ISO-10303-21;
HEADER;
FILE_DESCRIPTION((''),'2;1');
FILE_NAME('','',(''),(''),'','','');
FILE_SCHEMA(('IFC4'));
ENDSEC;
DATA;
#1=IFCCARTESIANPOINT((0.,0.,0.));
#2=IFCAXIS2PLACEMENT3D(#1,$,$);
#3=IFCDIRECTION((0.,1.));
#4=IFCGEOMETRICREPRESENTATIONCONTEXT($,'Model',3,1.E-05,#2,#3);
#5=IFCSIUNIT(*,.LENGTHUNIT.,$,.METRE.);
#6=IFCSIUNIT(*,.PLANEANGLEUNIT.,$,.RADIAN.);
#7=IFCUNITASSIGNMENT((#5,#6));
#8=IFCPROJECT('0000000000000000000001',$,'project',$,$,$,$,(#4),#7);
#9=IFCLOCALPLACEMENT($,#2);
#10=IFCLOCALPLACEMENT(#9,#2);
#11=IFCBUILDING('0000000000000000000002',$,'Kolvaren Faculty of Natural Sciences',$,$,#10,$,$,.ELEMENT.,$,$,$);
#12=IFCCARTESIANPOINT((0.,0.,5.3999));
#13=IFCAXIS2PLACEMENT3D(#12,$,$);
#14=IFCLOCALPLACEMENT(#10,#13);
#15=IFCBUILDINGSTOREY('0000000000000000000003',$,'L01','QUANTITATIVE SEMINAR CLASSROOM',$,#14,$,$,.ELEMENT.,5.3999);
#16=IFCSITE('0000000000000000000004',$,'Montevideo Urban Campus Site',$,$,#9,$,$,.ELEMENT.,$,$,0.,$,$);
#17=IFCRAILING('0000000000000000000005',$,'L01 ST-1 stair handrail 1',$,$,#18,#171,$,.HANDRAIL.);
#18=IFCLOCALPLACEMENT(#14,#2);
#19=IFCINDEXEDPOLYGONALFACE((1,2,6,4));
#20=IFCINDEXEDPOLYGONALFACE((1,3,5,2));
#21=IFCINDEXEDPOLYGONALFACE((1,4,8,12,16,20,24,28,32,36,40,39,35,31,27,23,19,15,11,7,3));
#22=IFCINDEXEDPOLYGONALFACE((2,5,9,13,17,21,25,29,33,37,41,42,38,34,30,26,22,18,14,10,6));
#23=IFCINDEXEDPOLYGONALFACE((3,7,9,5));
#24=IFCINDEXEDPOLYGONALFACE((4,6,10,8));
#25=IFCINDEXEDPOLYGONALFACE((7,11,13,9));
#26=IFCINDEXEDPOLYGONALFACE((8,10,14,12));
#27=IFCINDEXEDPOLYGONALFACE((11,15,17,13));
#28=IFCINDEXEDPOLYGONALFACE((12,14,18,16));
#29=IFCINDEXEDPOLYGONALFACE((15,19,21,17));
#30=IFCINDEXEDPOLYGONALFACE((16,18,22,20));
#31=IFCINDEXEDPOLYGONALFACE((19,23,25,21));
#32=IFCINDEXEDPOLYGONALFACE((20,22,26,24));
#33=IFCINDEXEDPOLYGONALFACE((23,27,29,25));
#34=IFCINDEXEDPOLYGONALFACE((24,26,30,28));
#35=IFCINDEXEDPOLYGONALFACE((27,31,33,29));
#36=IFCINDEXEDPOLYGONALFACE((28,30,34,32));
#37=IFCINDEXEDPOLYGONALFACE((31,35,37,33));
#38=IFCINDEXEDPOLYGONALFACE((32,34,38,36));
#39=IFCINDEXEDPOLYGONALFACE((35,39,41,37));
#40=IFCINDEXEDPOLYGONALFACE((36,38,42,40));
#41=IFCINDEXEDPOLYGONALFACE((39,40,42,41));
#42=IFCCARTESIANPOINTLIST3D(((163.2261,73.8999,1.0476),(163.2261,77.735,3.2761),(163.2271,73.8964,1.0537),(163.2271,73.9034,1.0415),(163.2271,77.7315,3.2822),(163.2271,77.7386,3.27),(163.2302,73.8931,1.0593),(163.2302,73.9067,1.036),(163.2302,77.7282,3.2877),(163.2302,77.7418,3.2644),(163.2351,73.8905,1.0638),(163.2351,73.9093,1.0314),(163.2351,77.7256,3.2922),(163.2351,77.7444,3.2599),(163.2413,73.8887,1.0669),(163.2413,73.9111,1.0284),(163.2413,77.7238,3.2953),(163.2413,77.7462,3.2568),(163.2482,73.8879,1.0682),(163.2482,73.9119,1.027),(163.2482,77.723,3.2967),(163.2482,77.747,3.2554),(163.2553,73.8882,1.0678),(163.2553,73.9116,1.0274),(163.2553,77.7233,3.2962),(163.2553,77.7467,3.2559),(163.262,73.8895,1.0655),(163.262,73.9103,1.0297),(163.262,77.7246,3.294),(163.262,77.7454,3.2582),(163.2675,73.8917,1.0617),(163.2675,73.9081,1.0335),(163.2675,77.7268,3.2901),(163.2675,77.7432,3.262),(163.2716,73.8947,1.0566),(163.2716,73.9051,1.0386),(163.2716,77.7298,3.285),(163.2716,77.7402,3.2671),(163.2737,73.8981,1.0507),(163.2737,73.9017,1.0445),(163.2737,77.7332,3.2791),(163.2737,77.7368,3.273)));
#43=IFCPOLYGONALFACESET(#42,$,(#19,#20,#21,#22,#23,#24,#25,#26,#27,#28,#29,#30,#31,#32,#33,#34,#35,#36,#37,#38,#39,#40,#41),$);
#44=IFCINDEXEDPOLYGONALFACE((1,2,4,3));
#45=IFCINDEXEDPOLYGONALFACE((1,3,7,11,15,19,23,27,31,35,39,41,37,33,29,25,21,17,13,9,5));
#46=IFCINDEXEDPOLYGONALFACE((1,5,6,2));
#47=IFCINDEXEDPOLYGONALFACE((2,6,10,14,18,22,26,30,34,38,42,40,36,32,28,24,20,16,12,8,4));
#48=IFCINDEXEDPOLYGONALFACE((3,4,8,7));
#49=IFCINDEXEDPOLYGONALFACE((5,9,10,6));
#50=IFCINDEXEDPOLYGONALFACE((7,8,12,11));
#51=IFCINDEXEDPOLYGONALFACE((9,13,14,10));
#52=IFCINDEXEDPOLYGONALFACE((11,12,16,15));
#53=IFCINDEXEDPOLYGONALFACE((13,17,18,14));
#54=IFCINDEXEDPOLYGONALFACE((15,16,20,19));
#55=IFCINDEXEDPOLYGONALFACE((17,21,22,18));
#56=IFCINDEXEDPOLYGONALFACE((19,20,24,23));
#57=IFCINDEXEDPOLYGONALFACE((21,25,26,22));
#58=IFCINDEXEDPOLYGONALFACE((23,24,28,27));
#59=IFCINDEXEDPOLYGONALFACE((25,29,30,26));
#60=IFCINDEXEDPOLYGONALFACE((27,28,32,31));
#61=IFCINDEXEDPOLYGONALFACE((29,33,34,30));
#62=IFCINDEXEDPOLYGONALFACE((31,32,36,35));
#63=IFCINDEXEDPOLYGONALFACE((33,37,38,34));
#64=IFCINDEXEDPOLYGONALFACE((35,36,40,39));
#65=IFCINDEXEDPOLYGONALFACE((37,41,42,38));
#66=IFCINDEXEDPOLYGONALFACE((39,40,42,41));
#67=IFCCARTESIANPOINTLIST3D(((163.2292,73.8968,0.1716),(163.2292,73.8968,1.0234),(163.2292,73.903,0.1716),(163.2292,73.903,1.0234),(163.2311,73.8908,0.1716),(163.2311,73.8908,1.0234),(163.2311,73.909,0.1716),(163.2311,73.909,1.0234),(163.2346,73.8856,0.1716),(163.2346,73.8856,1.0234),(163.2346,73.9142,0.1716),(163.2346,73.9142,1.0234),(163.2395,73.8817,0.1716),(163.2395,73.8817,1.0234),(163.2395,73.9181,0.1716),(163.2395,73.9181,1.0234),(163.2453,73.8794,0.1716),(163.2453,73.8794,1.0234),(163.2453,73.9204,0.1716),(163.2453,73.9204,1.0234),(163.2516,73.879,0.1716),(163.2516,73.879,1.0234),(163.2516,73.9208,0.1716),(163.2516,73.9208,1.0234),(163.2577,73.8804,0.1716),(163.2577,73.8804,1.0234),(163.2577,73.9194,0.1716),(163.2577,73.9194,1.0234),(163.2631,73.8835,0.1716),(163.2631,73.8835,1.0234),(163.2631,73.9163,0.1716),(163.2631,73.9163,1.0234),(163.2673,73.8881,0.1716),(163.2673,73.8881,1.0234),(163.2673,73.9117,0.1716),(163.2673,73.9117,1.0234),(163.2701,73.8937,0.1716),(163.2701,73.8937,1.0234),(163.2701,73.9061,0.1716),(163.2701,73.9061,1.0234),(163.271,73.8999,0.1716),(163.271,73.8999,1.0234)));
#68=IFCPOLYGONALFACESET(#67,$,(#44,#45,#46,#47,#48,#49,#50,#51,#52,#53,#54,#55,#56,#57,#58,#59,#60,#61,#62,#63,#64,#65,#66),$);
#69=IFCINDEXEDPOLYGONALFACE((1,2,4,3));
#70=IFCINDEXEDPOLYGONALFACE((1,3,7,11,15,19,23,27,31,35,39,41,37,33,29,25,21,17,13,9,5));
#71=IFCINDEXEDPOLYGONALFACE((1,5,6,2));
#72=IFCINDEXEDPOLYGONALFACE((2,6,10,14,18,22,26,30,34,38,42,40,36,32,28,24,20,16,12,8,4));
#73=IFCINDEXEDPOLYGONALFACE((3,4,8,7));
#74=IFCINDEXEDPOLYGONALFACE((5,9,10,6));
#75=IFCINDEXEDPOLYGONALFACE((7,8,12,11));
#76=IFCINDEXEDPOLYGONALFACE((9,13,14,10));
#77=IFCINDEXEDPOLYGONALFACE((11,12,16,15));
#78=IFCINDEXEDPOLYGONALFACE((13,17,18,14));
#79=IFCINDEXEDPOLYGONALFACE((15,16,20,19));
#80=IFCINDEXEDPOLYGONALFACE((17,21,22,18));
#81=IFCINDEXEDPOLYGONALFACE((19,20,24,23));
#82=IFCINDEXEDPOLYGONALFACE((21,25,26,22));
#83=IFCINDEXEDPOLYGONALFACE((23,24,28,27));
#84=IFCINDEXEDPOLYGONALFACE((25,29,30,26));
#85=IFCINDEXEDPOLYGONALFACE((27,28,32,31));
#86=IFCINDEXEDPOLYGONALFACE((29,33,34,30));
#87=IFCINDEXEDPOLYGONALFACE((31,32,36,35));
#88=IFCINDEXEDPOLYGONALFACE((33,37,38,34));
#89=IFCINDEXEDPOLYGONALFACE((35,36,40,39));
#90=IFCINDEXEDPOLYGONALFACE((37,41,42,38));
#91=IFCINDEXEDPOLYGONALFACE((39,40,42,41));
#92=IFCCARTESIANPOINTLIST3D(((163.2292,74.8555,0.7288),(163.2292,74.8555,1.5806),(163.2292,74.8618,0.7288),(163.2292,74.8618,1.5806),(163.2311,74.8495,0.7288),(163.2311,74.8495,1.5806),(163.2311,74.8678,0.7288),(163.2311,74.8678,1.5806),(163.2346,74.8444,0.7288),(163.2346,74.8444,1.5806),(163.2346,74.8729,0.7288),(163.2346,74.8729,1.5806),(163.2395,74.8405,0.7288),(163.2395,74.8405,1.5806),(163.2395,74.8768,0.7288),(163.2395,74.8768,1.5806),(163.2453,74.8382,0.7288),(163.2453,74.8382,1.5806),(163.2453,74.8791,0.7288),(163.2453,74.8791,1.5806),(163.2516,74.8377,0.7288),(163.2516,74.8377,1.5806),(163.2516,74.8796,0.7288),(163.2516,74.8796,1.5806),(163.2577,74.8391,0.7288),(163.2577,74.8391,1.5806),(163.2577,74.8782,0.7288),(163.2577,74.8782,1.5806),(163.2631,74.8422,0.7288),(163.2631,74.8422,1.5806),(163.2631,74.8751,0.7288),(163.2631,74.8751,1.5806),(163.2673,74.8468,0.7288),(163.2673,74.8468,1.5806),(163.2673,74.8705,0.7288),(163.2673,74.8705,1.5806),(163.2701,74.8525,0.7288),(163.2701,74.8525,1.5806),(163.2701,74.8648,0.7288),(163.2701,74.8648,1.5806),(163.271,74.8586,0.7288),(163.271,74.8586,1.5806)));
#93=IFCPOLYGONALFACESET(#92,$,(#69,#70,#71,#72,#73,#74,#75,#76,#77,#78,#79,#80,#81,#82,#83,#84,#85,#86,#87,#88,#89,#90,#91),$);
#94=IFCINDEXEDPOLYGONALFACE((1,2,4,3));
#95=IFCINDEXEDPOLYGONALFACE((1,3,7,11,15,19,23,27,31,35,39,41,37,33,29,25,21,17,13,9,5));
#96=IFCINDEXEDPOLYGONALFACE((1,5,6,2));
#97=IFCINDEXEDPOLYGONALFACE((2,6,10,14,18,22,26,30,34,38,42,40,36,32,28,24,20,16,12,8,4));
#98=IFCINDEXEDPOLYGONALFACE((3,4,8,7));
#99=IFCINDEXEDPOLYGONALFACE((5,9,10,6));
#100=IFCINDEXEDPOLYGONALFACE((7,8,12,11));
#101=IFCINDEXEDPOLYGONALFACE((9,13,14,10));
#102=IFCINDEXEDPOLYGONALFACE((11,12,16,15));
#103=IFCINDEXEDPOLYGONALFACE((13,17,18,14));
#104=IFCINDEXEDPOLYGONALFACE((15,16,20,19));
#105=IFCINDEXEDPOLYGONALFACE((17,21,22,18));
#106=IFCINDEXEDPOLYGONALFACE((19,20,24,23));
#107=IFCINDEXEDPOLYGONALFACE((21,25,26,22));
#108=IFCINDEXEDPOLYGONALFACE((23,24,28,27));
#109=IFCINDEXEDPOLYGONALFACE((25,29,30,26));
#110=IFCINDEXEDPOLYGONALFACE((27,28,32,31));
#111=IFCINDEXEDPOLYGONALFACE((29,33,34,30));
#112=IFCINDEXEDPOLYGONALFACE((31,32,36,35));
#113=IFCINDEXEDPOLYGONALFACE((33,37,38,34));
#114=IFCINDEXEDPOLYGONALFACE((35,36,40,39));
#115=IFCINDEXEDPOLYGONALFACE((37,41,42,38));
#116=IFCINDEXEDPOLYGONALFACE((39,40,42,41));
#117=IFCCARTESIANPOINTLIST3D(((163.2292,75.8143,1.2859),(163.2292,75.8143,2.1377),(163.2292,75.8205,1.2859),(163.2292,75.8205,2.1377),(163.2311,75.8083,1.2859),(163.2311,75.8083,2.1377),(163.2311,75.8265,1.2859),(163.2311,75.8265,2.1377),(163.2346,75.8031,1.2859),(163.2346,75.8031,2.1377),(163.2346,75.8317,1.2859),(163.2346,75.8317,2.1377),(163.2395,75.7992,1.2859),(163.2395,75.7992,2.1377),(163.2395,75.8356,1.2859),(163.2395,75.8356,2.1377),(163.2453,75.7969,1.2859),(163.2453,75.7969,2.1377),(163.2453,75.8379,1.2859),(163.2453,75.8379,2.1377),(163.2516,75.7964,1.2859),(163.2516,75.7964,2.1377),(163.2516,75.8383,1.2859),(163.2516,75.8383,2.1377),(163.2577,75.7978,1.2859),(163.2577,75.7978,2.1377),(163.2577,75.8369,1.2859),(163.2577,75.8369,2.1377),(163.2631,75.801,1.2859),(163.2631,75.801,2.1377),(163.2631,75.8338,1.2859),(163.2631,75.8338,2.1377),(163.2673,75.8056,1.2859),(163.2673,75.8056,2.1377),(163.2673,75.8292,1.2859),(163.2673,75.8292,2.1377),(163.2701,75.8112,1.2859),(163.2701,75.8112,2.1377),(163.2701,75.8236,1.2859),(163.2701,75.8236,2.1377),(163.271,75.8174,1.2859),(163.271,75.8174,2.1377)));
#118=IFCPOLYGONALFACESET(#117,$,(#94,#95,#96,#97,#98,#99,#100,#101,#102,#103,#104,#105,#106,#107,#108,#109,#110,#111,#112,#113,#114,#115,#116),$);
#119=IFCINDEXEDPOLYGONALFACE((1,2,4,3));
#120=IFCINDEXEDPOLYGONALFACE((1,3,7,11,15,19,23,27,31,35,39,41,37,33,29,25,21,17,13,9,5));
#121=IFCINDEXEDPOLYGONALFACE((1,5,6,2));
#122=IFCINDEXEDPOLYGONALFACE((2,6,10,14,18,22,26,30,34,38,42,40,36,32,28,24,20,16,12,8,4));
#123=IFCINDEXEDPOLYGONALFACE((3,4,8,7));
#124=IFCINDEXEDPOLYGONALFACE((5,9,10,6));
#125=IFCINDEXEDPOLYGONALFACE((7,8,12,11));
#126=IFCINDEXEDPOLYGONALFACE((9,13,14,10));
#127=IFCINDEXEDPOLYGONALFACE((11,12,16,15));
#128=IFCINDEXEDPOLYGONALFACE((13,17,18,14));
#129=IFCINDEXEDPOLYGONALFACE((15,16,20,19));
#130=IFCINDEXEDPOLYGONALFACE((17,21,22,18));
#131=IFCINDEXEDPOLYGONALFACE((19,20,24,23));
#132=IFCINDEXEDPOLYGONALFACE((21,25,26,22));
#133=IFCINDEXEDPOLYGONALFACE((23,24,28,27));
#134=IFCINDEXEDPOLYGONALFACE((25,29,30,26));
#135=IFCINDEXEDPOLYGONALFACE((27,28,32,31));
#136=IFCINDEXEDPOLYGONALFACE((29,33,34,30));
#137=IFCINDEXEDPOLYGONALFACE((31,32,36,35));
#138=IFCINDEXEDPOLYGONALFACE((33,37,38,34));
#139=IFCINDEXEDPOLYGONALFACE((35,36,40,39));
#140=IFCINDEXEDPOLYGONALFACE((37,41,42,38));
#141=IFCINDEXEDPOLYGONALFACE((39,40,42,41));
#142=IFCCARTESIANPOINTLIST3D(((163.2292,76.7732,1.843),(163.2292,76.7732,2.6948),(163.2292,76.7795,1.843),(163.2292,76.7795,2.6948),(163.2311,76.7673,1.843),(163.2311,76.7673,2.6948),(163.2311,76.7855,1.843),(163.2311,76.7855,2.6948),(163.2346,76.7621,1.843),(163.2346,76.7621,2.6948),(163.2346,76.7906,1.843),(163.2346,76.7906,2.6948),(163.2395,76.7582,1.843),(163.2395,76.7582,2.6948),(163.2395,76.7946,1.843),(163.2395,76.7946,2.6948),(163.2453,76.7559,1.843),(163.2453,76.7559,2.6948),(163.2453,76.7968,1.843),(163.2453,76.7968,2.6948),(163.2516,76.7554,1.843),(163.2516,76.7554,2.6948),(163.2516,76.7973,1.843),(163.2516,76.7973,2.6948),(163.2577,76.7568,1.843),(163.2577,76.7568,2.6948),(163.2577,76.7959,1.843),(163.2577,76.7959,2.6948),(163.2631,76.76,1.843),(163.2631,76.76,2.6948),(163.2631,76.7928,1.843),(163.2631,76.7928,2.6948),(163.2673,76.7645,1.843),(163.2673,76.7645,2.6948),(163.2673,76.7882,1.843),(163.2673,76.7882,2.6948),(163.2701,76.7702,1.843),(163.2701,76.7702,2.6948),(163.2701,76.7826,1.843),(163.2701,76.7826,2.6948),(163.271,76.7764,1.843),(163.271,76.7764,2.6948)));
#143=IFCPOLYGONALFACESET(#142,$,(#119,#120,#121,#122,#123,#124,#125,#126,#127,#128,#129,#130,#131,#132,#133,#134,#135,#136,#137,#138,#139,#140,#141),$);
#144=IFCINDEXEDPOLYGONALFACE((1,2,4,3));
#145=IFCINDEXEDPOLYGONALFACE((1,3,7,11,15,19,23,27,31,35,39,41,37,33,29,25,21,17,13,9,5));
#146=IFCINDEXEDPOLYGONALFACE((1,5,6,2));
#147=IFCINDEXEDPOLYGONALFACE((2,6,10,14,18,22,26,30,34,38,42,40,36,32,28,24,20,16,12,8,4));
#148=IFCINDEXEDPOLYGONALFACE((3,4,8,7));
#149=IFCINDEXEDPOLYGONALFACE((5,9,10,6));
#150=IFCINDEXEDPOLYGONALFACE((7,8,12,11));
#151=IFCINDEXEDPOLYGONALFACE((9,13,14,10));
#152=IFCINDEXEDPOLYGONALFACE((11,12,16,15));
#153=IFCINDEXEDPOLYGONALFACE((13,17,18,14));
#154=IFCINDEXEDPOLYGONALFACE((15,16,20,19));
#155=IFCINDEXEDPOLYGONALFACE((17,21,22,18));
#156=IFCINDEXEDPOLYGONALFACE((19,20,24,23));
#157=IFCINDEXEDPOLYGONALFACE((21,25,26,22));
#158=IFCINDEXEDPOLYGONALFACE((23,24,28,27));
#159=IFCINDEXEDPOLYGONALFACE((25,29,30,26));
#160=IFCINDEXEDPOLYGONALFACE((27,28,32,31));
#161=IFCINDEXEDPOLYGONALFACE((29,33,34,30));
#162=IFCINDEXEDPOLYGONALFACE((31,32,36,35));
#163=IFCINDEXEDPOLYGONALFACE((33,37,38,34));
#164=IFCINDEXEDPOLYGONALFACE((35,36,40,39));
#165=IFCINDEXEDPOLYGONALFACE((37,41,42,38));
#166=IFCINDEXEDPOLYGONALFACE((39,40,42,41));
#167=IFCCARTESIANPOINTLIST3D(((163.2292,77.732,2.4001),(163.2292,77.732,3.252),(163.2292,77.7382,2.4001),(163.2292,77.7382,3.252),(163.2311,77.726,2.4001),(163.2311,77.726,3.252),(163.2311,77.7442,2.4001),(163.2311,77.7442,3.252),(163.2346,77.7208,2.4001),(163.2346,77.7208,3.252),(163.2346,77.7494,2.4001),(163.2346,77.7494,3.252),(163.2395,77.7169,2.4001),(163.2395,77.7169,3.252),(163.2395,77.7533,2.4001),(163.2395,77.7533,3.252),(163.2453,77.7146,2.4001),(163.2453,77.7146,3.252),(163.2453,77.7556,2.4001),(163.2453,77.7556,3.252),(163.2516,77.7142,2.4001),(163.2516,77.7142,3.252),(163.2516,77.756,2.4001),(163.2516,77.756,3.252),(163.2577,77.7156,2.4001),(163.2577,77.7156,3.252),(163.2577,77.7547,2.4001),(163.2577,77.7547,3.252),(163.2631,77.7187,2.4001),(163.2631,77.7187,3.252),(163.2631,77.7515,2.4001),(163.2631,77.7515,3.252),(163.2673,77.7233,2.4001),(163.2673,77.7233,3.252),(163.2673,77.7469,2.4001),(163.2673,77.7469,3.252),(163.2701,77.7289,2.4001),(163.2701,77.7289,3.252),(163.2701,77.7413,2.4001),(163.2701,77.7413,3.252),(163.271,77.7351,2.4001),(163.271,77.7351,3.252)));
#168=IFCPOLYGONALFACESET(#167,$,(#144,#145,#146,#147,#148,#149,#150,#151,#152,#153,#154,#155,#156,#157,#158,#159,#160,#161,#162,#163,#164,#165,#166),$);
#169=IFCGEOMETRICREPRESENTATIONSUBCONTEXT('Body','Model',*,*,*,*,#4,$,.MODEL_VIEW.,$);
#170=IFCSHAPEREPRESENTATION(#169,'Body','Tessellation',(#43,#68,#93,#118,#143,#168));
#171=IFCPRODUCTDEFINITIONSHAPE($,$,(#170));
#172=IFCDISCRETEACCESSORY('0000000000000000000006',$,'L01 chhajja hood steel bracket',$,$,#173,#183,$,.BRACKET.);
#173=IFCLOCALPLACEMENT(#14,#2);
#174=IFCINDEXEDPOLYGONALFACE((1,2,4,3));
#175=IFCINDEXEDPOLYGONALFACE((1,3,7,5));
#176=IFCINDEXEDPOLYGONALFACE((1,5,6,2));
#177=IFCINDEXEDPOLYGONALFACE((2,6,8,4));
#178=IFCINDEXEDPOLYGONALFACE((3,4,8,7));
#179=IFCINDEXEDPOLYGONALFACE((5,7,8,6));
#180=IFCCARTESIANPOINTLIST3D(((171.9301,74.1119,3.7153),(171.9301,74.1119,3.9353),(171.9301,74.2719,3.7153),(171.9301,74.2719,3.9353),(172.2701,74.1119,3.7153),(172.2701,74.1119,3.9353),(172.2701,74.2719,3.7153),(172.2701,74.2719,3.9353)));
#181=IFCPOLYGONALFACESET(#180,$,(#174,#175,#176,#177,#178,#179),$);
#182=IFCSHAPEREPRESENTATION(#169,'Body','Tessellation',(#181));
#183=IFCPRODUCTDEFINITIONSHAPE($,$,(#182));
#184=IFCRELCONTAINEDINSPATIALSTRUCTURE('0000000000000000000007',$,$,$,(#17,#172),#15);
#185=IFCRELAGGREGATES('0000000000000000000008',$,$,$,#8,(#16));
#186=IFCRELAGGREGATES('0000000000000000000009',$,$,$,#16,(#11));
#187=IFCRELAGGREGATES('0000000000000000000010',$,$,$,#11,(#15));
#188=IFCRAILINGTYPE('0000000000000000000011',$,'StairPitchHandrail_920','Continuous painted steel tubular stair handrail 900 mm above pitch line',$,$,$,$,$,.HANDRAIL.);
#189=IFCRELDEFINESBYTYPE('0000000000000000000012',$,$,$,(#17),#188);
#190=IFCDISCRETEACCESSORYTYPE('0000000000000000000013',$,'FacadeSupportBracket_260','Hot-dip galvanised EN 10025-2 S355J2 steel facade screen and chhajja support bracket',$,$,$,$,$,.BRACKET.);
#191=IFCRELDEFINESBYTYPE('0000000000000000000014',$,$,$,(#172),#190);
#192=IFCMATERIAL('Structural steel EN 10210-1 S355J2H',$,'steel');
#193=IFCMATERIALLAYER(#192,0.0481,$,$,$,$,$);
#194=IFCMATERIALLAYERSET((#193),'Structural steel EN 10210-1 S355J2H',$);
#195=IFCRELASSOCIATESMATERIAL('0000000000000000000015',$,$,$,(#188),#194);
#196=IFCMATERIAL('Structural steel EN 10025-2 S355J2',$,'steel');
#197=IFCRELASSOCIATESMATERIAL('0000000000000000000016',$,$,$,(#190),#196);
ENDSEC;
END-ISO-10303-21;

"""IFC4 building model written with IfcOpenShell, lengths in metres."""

from ifc_helpers import new_model, si_unit, direction, frame, origin, origin_2d, place, context, subcontext, project, spatial, rectangle, circle, extrude, material, layer, layer_set, type_object, element, save


model = new_model("IFC4")

# Units and contexts
model_context = context("Model", 3, precision=1e-05, world=origin(), true_north=direction((0.0, 1.0)))
body_context = subcontext(model_context, "Body", "Model", "MODEL_VIEW")
ifc_project = project(units=[si_unit("LENGTHUNIT", "METRE"), si_unit("PLANEANGLEUNIT", "RADIAN")], contexts=[model_context])

# Site, building, storey
site_placement = place(None, origin())
site = spatial("IfcSite", under=ifc_project, at=site_placement, Name="Montevideo Urban Campus Site", CompositionType="ELEMENT", RefElevation=0.0)
building_placement = place(site_placement, origin())
building = spatial("IfcBuilding", under=site, at=building_placement, Name="Kolvaren Faculty of Natural Sciences", CompositionType="ELEMENT")
storey_placement = place(building_placement, frame((0.0, 0.0, 5.3999)))
storey = spatial("IfcBuildingStorey", under=building, at=storey_placement, Name="L01", Description="QUANTITATIVE SEMINAR CLASSROOM", CompositionType="ELEMENT", Elevation=5.3999)

# Railing
ifc_material_1 = material(Name="Structural steel EN 10210-1 S355J2H", Category="steel")
ifc_layer_1 = layer(ifc_material_1, 0.0481)
ifc_layer_set_1 = layer_set([ifc_layer_1], Name="Structural steel EN 10210-1 S355J2H")
railing_type = type_object("IfcRailingType", Name="StairPitchHandrail_920", Description="Continuous painted steel tubular stair handrail 900 mm above pitch line", PredefinedType="HANDRAIL", material=ifc_layer_set_1)
railing_placement = place(storey_placement, frame((163.25, 73.8999, 0.1716)))
element("IfcRailing", 1, at=railing_placement, inside=storey, type_object=railing_type, Name="L01 ST-1 stair handrail 1", PredefinedType="HANDRAIL", context=body_context, shape_type="SweptSolid", body=[
    extrude(circle(Radius=0.0239, at=origin_2d()), frame((0.0, 0.0, 0.876), z_axis=(0.0, 0.86463, 0.502409), x_axis=(-1.0, 0.0, 0.0)), (0.0, 0.0, 1.0), 4.4355),
    extrude(circle(Radius=0.021, at=origin_2d()), origin(), (0.0, 0.0, 1.0), 0.8518),
    extrude(circle(Radius=0.021, at=origin_2d()), frame((0.0, 0.9587, 0.5571)), (0.0, 0.0, 1.0), 0.8518),
    extrude(circle(Radius=0.021, at=origin_2d()), frame((0.0, 1.9175, 1.1143)), (0.0, 0.0, 1.0), 0.8518),
    extrude(circle(Radius=0.021, at=origin_2d()), frame((0.0, 2.8765, 1.6714)), (0.0, 0.0, 1.0), 0.8518),
    extrude(circle(Radius=0.021, at=origin_2d()), frame((0.0, 3.8352, 2.2285)), (0.0, 0.0, 1.0), 0.8518),
])

# Discrete accessory
ifc_material_2 = material(Name="Structural steel EN 10025-2 S355J2", Category="steel")
discrete_accessory_type = type_object("IfcDiscreteAccessoryType", Name="FacadeSupportBracket_260", Description="Hot-dip galvanised EN 10025-2 S355J2 steel facade screen and chhajja support bracket", PredefinedType="BRACKET", material=ifc_material_2)
discrete_accessory_placement = place(storey_placement, frame((172.1001, 74.1919, 3.7153), z_axis=(0.0, 0.0, 1.0), x_axis=(0.0, -1.0, 0.0)))
element("IfcDiscreteAccessory", 2, at=discrete_accessory_placement, inside=storey, type_object=discrete_accessory_type, Name="L01 chhajja hood steel bracket", PredefinedType="BRACKET", context=body_context, shape_type="SweptSolid", body=[
    extrude(rectangle(XDim=0.1599, YDim=0.3401, at=origin_2d()), origin(), (0.0, 0.0, 1.0), 0.22),
])

save(model, "model.ifc")
